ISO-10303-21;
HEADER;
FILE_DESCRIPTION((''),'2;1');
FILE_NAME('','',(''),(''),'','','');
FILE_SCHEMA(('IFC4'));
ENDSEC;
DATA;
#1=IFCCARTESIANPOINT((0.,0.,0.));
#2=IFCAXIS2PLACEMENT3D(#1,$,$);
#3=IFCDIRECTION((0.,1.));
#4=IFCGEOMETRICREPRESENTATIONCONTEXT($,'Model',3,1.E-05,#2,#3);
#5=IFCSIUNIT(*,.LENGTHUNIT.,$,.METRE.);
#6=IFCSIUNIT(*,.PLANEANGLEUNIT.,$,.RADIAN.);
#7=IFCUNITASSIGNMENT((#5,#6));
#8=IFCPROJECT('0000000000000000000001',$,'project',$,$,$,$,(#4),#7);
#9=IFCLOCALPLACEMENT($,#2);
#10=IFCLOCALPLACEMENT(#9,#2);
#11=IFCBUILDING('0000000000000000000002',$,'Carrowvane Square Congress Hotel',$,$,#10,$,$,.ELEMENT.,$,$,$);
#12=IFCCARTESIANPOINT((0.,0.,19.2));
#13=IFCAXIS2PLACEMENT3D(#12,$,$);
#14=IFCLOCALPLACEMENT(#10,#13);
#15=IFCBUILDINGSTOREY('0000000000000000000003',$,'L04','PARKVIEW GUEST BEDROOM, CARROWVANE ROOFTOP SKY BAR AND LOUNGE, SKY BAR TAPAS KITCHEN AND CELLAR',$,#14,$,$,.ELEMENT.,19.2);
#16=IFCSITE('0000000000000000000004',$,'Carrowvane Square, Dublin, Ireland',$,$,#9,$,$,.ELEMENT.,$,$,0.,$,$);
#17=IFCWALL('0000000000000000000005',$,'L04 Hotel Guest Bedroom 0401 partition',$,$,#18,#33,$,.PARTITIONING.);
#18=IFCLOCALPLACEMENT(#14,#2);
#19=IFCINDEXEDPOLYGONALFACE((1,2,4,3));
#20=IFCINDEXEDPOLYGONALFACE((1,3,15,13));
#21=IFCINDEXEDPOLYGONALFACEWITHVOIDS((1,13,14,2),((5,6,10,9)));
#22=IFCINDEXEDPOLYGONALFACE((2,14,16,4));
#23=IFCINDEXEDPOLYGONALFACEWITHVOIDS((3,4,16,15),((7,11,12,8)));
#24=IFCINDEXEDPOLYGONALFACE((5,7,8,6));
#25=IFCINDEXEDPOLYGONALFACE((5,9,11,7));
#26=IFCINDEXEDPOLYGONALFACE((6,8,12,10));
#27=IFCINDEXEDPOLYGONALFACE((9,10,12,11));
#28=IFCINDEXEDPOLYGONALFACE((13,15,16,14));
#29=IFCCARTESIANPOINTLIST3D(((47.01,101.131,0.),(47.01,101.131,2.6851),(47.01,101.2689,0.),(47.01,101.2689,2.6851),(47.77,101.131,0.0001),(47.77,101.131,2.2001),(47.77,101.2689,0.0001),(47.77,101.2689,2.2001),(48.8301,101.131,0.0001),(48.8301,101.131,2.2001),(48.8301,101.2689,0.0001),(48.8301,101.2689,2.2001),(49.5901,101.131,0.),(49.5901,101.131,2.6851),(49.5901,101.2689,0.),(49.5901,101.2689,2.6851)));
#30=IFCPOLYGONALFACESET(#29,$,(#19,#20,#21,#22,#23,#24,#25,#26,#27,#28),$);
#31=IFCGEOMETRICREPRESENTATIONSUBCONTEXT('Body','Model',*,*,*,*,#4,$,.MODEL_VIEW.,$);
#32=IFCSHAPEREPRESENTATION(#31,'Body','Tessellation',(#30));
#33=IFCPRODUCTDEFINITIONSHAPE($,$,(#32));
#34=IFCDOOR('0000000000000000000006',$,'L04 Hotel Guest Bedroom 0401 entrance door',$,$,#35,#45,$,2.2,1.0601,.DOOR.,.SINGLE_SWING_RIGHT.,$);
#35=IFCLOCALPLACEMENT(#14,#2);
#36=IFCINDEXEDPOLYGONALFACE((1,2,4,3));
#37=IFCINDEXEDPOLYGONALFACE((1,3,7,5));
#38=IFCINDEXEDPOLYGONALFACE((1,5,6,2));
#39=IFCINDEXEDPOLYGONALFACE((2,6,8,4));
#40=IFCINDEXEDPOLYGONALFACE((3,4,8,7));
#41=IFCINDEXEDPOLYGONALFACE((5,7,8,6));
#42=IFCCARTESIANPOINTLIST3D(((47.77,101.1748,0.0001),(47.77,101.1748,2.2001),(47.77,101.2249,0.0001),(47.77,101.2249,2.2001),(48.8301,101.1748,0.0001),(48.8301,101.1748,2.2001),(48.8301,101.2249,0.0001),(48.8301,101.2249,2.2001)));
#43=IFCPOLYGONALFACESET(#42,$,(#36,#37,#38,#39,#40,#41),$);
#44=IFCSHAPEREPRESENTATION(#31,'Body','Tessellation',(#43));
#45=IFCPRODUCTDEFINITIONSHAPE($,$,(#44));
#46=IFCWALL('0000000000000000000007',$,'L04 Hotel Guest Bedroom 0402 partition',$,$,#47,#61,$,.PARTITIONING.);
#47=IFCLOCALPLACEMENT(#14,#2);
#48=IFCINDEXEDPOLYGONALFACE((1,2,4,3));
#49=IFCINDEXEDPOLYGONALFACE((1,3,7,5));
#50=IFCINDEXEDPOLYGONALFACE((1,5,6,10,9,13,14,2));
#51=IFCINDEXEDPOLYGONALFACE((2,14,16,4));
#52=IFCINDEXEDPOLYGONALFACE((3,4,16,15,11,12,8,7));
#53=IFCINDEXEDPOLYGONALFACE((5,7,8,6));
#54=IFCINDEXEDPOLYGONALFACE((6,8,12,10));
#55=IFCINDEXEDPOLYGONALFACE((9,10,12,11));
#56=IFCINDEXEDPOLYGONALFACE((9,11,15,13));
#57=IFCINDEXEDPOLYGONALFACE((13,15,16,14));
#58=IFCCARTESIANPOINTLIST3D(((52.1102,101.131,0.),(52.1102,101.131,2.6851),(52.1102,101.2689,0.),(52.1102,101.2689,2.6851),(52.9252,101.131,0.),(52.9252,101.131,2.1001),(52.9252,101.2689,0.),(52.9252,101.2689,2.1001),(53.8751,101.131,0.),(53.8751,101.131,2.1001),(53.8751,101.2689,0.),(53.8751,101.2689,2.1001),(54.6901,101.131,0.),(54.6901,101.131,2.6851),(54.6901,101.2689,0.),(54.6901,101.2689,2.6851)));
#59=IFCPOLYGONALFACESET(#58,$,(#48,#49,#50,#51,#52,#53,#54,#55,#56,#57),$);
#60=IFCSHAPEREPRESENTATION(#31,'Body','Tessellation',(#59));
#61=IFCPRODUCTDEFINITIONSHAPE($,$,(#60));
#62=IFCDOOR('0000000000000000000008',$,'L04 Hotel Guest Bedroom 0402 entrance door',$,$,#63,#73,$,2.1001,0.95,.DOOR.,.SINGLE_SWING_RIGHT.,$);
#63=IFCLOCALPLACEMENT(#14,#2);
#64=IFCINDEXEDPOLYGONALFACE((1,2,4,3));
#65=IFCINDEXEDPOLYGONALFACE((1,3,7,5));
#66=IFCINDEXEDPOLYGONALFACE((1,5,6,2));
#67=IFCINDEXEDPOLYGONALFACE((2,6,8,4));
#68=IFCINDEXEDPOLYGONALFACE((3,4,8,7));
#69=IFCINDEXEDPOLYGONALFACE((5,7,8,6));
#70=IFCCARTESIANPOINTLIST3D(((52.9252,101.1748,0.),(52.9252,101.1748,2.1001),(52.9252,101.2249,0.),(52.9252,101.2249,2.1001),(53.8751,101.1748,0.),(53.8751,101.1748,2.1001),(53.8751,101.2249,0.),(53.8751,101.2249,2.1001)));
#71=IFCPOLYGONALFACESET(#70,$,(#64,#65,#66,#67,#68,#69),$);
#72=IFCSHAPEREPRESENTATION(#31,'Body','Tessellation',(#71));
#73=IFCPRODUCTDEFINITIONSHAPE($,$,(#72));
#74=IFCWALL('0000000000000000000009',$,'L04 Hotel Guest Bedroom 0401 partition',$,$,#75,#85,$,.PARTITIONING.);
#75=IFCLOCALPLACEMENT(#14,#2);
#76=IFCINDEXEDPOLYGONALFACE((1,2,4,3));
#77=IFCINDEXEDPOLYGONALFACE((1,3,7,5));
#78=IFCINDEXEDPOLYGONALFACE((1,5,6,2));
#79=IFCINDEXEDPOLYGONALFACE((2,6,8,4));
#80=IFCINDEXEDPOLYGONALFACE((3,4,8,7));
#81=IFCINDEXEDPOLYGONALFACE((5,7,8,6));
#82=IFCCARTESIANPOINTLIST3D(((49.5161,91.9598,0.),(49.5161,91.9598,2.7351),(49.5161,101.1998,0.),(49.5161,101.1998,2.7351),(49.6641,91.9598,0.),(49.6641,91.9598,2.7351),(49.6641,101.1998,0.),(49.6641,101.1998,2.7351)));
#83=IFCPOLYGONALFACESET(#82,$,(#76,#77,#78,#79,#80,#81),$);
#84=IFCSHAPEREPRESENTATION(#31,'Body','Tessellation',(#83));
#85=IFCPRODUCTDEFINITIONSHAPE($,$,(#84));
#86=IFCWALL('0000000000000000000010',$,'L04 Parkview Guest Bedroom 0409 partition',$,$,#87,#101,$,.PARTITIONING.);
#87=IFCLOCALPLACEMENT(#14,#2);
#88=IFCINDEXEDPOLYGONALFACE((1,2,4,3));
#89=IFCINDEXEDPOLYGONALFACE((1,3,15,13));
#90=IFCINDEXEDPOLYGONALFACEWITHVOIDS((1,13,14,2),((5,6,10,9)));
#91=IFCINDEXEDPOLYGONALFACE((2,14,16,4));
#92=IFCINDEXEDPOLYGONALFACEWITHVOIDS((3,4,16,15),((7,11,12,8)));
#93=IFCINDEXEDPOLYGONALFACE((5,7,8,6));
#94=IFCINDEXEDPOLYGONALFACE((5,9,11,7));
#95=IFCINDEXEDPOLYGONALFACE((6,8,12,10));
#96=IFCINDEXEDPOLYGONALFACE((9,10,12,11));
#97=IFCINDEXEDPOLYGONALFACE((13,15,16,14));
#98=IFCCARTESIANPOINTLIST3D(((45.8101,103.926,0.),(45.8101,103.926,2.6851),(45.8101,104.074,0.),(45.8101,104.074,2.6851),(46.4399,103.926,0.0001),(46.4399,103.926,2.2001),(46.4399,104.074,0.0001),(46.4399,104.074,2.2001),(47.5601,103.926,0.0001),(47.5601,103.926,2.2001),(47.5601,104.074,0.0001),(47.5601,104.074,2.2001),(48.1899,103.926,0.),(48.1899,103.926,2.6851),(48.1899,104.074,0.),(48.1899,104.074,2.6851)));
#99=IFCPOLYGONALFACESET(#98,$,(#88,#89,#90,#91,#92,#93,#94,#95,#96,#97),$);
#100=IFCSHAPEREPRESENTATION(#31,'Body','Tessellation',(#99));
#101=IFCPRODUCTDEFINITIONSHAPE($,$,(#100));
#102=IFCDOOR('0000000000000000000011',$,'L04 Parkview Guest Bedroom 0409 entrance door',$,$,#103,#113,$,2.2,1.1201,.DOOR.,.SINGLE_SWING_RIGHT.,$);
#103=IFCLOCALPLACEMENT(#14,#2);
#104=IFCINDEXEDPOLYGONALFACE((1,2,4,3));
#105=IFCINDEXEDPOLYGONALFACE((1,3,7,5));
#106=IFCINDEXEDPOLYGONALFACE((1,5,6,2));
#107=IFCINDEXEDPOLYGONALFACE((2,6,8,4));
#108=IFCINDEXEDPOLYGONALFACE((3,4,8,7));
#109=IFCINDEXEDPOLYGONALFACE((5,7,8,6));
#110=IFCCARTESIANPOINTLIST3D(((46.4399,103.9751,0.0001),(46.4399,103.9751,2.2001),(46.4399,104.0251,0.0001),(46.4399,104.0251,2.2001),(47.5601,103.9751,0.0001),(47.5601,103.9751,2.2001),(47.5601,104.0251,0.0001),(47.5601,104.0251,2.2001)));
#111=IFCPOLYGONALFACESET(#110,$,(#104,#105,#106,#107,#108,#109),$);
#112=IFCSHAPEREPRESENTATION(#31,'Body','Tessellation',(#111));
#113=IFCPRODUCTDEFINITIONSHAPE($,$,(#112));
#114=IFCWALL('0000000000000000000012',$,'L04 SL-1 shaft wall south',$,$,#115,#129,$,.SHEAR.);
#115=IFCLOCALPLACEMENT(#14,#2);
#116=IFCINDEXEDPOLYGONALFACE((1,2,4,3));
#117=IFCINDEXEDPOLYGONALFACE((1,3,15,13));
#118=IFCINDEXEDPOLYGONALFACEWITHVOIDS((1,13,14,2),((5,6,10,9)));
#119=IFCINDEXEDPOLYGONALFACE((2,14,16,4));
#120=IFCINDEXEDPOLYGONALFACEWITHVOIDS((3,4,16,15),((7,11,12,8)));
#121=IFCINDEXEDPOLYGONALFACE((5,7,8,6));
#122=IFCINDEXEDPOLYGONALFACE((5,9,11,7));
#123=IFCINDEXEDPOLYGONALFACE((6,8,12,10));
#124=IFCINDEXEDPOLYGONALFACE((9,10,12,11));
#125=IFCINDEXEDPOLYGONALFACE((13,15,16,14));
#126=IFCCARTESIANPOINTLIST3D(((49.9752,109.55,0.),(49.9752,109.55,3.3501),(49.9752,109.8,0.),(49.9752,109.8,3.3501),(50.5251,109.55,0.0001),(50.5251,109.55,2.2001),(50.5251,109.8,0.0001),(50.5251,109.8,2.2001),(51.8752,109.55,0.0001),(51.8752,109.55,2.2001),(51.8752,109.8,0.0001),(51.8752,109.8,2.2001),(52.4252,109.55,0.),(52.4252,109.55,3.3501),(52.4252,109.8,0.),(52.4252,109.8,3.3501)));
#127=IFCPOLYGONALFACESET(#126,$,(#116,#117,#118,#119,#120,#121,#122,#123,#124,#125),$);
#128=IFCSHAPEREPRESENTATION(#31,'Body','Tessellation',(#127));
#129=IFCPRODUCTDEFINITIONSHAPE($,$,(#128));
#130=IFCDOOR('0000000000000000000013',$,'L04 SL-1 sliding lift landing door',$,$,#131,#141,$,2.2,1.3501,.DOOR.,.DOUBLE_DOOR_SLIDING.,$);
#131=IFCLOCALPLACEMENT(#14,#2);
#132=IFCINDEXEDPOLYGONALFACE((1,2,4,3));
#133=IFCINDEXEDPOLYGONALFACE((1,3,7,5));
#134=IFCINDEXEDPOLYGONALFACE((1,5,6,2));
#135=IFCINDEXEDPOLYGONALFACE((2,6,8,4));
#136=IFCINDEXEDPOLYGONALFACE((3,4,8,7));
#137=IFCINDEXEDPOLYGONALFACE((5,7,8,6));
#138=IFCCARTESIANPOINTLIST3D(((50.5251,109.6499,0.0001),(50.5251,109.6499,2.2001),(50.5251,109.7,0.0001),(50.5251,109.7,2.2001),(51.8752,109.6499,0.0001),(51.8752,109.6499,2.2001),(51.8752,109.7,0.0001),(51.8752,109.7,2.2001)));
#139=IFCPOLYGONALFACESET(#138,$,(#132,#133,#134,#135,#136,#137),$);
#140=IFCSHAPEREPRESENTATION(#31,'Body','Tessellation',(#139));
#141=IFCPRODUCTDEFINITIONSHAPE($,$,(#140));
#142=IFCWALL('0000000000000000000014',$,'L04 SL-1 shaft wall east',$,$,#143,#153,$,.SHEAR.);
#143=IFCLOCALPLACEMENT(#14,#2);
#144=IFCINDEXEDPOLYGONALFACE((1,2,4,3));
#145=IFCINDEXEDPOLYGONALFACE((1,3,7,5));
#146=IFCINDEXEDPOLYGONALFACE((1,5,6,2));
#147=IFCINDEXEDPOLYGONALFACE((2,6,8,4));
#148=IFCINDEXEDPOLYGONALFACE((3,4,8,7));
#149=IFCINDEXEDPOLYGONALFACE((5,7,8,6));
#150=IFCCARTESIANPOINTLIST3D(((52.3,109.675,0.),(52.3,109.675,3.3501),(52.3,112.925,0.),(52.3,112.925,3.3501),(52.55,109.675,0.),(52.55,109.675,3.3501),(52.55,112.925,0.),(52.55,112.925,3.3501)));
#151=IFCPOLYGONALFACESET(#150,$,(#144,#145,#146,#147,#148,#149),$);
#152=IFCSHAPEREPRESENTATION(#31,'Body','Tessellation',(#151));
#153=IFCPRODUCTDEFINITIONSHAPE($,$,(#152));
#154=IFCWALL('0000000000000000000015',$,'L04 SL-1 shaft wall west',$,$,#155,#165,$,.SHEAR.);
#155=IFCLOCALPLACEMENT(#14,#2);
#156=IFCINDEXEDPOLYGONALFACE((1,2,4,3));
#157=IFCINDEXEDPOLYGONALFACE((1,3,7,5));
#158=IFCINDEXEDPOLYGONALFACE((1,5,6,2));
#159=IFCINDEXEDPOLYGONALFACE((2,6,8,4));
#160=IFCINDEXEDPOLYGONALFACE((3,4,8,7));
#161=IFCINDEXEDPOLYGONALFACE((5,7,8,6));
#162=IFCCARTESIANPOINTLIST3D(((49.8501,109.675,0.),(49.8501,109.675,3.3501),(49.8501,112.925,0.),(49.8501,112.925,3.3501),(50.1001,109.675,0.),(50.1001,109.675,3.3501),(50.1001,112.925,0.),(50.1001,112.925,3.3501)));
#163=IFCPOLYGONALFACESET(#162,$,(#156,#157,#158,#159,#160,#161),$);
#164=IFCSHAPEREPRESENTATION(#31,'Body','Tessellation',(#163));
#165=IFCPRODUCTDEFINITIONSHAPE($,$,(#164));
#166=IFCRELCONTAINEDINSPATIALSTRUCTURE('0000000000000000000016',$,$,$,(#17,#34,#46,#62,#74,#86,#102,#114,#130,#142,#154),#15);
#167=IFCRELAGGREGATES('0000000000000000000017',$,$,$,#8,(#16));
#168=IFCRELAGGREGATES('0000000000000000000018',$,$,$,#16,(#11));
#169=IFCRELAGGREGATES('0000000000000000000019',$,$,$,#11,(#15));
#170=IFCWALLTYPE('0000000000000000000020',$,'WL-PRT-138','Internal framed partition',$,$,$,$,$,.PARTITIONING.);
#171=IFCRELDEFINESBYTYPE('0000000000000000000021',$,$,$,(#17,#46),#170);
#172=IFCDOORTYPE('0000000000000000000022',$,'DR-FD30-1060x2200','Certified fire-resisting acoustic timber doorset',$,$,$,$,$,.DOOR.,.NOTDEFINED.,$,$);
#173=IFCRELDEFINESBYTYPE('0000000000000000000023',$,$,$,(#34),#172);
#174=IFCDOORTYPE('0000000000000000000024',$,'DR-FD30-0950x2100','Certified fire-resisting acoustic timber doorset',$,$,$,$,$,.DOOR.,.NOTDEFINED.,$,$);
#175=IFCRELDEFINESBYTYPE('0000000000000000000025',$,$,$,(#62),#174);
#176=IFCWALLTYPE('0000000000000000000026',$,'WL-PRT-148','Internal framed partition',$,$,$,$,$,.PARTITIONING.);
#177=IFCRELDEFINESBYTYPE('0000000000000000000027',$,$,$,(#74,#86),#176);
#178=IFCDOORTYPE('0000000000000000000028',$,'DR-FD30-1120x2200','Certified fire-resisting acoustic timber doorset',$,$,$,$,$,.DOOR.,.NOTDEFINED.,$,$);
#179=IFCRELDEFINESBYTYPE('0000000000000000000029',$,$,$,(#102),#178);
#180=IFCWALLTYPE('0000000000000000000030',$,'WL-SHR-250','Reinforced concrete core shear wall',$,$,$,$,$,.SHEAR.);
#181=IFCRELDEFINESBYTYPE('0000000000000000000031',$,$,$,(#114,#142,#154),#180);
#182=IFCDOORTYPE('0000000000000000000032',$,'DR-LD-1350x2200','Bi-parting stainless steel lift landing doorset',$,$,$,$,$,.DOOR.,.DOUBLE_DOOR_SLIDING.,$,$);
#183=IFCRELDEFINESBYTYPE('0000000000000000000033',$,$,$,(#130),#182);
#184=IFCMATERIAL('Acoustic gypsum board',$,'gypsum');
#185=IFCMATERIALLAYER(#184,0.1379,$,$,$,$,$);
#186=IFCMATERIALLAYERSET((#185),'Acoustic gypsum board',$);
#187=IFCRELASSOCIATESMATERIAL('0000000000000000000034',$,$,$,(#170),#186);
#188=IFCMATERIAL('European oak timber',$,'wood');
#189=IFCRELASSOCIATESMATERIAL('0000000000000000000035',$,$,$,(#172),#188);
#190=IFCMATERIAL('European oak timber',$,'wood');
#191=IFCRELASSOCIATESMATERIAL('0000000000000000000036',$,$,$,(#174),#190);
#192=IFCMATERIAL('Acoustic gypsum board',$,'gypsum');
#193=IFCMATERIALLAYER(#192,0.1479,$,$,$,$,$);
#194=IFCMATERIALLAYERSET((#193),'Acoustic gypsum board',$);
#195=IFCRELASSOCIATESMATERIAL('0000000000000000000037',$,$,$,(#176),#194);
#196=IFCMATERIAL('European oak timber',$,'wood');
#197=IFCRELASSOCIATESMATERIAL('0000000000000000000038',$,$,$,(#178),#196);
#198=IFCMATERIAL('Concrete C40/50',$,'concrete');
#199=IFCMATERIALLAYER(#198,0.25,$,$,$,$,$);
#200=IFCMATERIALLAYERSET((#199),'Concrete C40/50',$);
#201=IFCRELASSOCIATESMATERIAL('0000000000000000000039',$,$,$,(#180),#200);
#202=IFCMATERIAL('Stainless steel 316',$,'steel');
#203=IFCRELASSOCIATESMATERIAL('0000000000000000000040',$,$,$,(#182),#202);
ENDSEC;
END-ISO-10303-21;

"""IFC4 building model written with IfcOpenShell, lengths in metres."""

from ifc_helpers import new_model, si_unit, direction, frame, frame_2d, origin, place, context, subcontext, project, spatial, rectangle, extrude, material, layer, layer_set, type_object, element, fill, save


model = new_model("IFC4")

# Units and contexts
model_context = context("Model", 3, precision=1e-05, world=origin(), true_north=direction((0.0, 1.0)))
body_context = subcontext(model_context, "Body", "Model", "MODEL_VIEW")
ifc_project = project(units=[si_unit("LENGTHUNIT", "METRE"), si_unit("PLANEANGLEUNIT", "RADIAN")], contexts=[model_context])

# Site, building, storey
site_placement = place(None, origin())
site = spatial("IfcSite", under=ifc_project, at=site_placement, Name="Carrowvane Square, Dublin, Ireland", CompositionType="ELEMENT", RefElevation=0.0)
building_placement = place(site_placement, origin())
building = spatial("IfcBuilding", under=site, at=building_placement, Name="Carrowvane Square Congress Hotel", CompositionType="ELEMENT")
storey_placement = place(building_placement, frame((0.0, 0.0, 19.2)))
storey = spatial("IfcBuildingStorey", under=building, at=storey_placement, Name="L04", Description="PARKVIEW GUEST BEDROOM, CARROWVANE ROOFTOP SKY BAR AND LOUNGE, SKY BAR TAPAS KITCHEN AND CELLAR", CompositionType="ELEMENT", Elevation=19.2)

# Walls, openings, doors
ifc_material_1 = material(Name="Acoustic gypsum board", Category="gypsum")
ifc_layer_1 = layer(ifc_material_1, 0.1379)
ifc_layer_set_1 = layer_set([ifc_layer_1], Name="Acoustic gypsum board")
wall_type_1 = type_object("IfcWallType", Name="WL-PRT-138", Description="Internal framed partition", PredefinedType="PARTITIONING", material=ifc_layer_set_1)
wall_1_placement = place(storey_placement, frame((47.01, 101.2, 0.0), z_axis=(0.0, 0.0, 1.0), x_axis=(1.0, 0.0, 0.0)))
wall_1 = element("IfcWall", 1, at=wall_1_placement, inside=storey, type_object=wall_type_1, Name="L04 Hotel Guest Bedroom 0401 partition", PredefinedType="PARTITIONING", context=body_context, shape_type="SweptSolid", body=[
    extrude(rectangle(XDim=2.5801, YDim=0.1379, at=frame_2d((1.29, 0.0))), origin(), (0.0, 0.0, 1.0), 2.6851),
])
opening_1_placement = place(wall_1_placement, frame((0.76, 0.0, 0.0)))
opening_1 = element("IfcOpeningElement", 2, at=opening_1_placement, cuts=wall_1, PredefinedType="OPENING", context=body_context, shape_type="SweptSolid", body=[
    extrude(rectangle(XDim=1.0601, YDim=2.2, at=frame_2d((0.53, 1.1001))), frame((0.0, 0.0789, 0.0), z_axis=(0.0, -1.0, 0.0), x_axis=(1.0, 0.0, 0.0)), (0.0, 0.0, 1.0), 0.158),
])
ifc_material_2 = material(Name="European oak timber", Category="wood")
door_type_1 = type_object("IfcDoorType", Name="DR-FD30-1060x2200", Description="Certified fire-resisting acoustic timber doorset", OperationType="NOTDEFINED", PredefinedType="DOOR", material=ifc_material_2)
door_1_placement = place(opening_1_placement, origin())
door_1 = element("IfcDoor", 3, at=door_1_placement, inside=storey, type_object=door_type_1, Name="L04 Hotel Guest Bedroom 0401 entrance door", OperationType="SINGLE_SWING_RIGHT", OverallHeight=2.2, OverallWidth=1.0601, PredefinedType="DOOR", context=body_context, shape_type="SweptSolid", body=[
    extrude(rectangle(XDim=1.0601, YDim=2.2, at=frame_2d((0.53, 1.1001))), frame((0.0, 0.0249, 0.0), z_axis=(0.0, -1.0, 0.0), x_axis=(1.0, 0.0, 0.0)), (0.0, 0.0, 1.0), 0.05),
])
fill(opening_1, door_1)
wall_2_placement = place(storey_placement, frame((52.1101, 101.2, 0.0), z_axis=(0.0, 0.0, 1.0), x_axis=(1.0, 0.0, 0.0)))
wall_2 = element("IfcWall", 4, at=wall_2_placement, inside=storey, type_object=wall_type_1, Name="L04 Hotel Guest Bedroom 0402 partition", PredefinedType="PARTITIONING", context=body_context, shape_type="SweptSolid", body=[
    extrude(rectangle(XDim=2.5798, YDim=0.1379, at=frame_2d((1.29, 0.0))), origin(), (0.0, 0.0, 1.0), 2.6851),
])
opening_2_placement = place(wall_2_placement, frame((0.8149, 0.0, 0.0)))
opening_2 = element("IfcOpeningElement", 5, at=opening_2_placement, cuts=wall_2, PredefinedType="OPENING", context=body_context, shape_type="SweptSolid", body=[
    extrude(rectangle(XDim=0.95, YDim=2.1001, at=frame_2d((0.4751, 1.05))), frame((0.0, 0.0789, 0.0), z_axis=(0.0, -1.0, 0.0), x_axis=(1.0, 0.0, 0.0)), (0.0, 0.0, 1.0), 0.158),
])
ifc_material_3 = material(Name="European oak timber", Category="wood")
door_type_2 = type_object("IfcDoorType", Name="DR-FD30-0950x2100", Description="Certified fire-resisting acoustic timber doorset", OperationType="NOTDEFINED", PredefinedType="DOOR", material=ifc_material_3)
door_2_placement = place(opening_2_placement, origin())
door_2 = element("IfcDoor", 6, at=door_2_placement, inside=storey, type_object=door_type_2, Name="L04 Hotel Guest Bedroom 0402 entrance door", OperationType="SINGLE_SWING_RIGHT", OverallHeight=2.1001, OverallWidth=0.95, PredefinedType="DOOR", context=body_context, shape_type="SweptSolid", body=[
    extrude(rectangle(XDim=0.95, YDim=2.1001, at=frame_2d((0.4751, 1.05))), frame((0.0, 0.0249, 0.0), z_axis=(0.0, -1.0, 0.0), x_axis=(1.0, 0.0, 0.0)), (0.0, 0.0, 1.0), 0.05),
])
fill(opening_2, door_2)

# Wall
ifc_material_4 = material(Name="Acoustic gypsum board", Category="gypsum")
ifc_layer_2 = layer(ifc_material_4, 0.1479)
ifc_layer_set_2 = layer_set([ifc_layer_2], Name="Acoustic gypsum board")
wall_type_2 = type_object("IfcWallType", Name="WL-PRT-148", Description="Internal framed partition", PredefinedType="PARTITIONING", material=ifc_layer_set_2)
wall_3_placement = place(storey_placement, frame((49.5901, 101.2, 0.0), z_axis=(0.0, 0.0, 1.0), x_axis=(0.0, -1.0, 0.0)))
element("IfcWall", 7, at=wall_3_placement, inside=storey, type_object=wall_type_2, Name="L04 Hotel Guest Bedroom 0401 partition", PredefinedType="PARTITIONING", context=body_context, shape_type="SweptSolid", body=[
    extrude(rectangle(XDim=9.24, YDim=0.1479, at=frame_2d((4.6201, 0.0))), origin(), (0.0, 0.0, 1.0), 2.7351),
])

# Walls, openings, doors
wall_4_placement = place(storey_placement, frame((48.1899, 104.0, 0.0), z_axis=(0.0, 0.0, 1.0), x_axis=(-1.0, 0.0, 0.0)))
wall_4 = element("IfcWall", 8, at=wall_4_placement, inside=storey, type_object=wall_type_2, Name="L04 Parkview Guest Bedroom 0409 partition", PredefinedType="PARTITIONING", context=body_context, shape_type="SweptSolid", body=[
    extrude(rectangle(XDim=2.3799, YDim=0.1479, at=frame_2d((1.1899, 0.0))), origin(), (0.0, 0.0, 1.0), 2.6851),
])
opening_3_placement = place(wall_4_placement, frame((0.6299, 0.0, 0.0)))
opening_3 = element("IfcOpeningElement", 9, at=opening_3_placement, cuts=wall_4, PredefinedType="OPENING", context=body_context, shape_type="SweptSolid", body=[
    extrude(rectangle(XDim=1.1201, YDim=2.2, at=frame_2d((0.5601, 1.1001))), frame((0.0, 0.084, 0.0), z_axis=(0.0, -1.0, 0.0), x_axis=(1.0, 0.0, 0.0)), (0.0, 0.0, 1.0), 0.168),
])
ifc_material_5 = material(Name="European oak timber", Category="wood")
door_type_3 = type_object("IfcDoorType", Name="DR-FD30-1120x2200", Description="Certified fire-resisting acoustic timber doorset", OperationType="NOTDEFINED", PredefinedType="DOOR", material=ifc_material_5)
door_3_placement = place(opening_3_placement, origin())
door_3 = element("IfcDoor", 10, at=door_3_placement, inside=storey, type_object=door_type_3, Name="L04 Parkview Guest Bedroom 0409 entrance door", OperationType="SINGLE_SWING_RIGHT", OverallHeight=2.2, OverallWidth=1.1201, PredefinedType="DOOR", context=body_context, shape_type="SweptSolid", body=[
    extrude(rectangle(XDim=1.1201, YDim=2.2, at=frame_2d((0.5601, 1.1001))), frame((0.0, 0.0249, 0.0), z_axis=(0.0, -1.0, 0.0), x_axis=(1.0, 0.0, 0.0)), (0.0, 0.0, 1.0), 0.05),
])
fill(opening_3, door_3)
ifc_material_6 = material(Name="Concrete C40/50", Category="concrete")
ifc_layer_3 = layer(ifc_material_6, 0.25)
ifc_layer_set_3 = layer_set([ifc_layer_3], Name="Concrete C40/50")
wall_type_3 = type_object("IfcWallType", Name="WL-SHR-250", Description="Reinforced concrete core shear wall", PredefinedType="SHEAR", material=ifc_layer_set_3)
wall_5_placement = place(storey_placement, frame((49.9751, 109.675, 0.0), z_axis=(0.0, 0.0, 1.0), x_axis=(1.0, 0.0, 0.0)))
wall_5 = element("IfcWall", 11, at=wall_5_placement, inside=storey, type_object=wall_type_3, Name="L04 SL-1 shaft wall south", PredefinedType="SHEAR", context=body_context, shape_type="SweptSolid", body=[
    extrude(rectangle(XDim=2.45, YDim=0.25, at=frame_2d((1.2251, 0.0))), origin(), (0.0, 0.0, 1.0), 3.3501),
])
opening_4_placement = place(wall_5_placement, frame((0.55, 0.0, 0.0)))
opening_4 = element("IfcOpeningElement", 12, at=opening_4_placement, cuts=wall_5, PredefinedType="OPENING", context=body_context, shape_type="SweptSolid", body=[
    extrude(rectangle(XDim=1.3501, YDim=2.2, at=frame_2d((0.675, 1.1001))), frame((0.0, 0.135, 0.0), z_axis=(0.0, -1.0, 0.0), x_axis=(1.0, 0.0, 0.0)), (0.0, 0.0, 1.0), 0.27),
])
ifc_material_7 = material(Name="Stainless steel 316", Category="steel")
door_type_4 = type_object("IfcDoorType", Name="DR-LD-1350x2200", Description="Bi-parting stainless steel lift landing doorset", OperationType="DOUBLE_DOOR_SLIDING", PredefinedType="DOOR", material=ifc_material_7)
door_4_placement = place(opening_4_placement, origin())
door_4 = element("IfcDoor", 13, at=door_4_placement, inside=storey, type_object=door_type_4, Name="L04 SL-1 sliding lift landing door", OperationType="DOUBLE_DOOR_SLIDING", OverallHeight=2.2, OverallWidth=1.3501, PredefinedType="DOOR", context=body_context, shape_type="SweptSolid", body=[
    extrude(rectangle(XDim=1.3501, YDim=2.2, at=frame_2d((0.675, 1.1001))), frame((0.0, 0.0249, 0.0), z_axis=(0.0, -1.0, 0.0), x_axis=(1.0, 0.0, 0.0)), (0.0, 0.0, 1.0), 0.05),
])
fill(opening_4, door_4)

# Walls
for number, where, z_axis, x_axis, name in (
    (14, (52.425, 109.675, 0.0), (0.0, 0.0, 1.0), (0.0, 1.0, 0.0), "L04 SL-1 shaft wall east"),
    (15, (49.9751, 112.925, 0.0), (0.0, 0.0, 1.0), (0.0, -1.0, 0.0), "L04 SL-1 shaft wall west"),
):
    element("IfcWall", number, at=place(storey_placement, frame(where, z_axis=z_axis, x_axis=x_axis)), inside=storey, type_object=wall_type_3, Name=name, PredefinedType="SHEAR", context=body_context, shape_type="SweptSolid", body=[
        extrude(rectangle(XDim=3.25, YDim=0.25, at=frame_2d((1.625, 0.0))), origin(), (0.0, 0.0, 1.0), 3.3501),
    ])

save(model, "model.ifc")
